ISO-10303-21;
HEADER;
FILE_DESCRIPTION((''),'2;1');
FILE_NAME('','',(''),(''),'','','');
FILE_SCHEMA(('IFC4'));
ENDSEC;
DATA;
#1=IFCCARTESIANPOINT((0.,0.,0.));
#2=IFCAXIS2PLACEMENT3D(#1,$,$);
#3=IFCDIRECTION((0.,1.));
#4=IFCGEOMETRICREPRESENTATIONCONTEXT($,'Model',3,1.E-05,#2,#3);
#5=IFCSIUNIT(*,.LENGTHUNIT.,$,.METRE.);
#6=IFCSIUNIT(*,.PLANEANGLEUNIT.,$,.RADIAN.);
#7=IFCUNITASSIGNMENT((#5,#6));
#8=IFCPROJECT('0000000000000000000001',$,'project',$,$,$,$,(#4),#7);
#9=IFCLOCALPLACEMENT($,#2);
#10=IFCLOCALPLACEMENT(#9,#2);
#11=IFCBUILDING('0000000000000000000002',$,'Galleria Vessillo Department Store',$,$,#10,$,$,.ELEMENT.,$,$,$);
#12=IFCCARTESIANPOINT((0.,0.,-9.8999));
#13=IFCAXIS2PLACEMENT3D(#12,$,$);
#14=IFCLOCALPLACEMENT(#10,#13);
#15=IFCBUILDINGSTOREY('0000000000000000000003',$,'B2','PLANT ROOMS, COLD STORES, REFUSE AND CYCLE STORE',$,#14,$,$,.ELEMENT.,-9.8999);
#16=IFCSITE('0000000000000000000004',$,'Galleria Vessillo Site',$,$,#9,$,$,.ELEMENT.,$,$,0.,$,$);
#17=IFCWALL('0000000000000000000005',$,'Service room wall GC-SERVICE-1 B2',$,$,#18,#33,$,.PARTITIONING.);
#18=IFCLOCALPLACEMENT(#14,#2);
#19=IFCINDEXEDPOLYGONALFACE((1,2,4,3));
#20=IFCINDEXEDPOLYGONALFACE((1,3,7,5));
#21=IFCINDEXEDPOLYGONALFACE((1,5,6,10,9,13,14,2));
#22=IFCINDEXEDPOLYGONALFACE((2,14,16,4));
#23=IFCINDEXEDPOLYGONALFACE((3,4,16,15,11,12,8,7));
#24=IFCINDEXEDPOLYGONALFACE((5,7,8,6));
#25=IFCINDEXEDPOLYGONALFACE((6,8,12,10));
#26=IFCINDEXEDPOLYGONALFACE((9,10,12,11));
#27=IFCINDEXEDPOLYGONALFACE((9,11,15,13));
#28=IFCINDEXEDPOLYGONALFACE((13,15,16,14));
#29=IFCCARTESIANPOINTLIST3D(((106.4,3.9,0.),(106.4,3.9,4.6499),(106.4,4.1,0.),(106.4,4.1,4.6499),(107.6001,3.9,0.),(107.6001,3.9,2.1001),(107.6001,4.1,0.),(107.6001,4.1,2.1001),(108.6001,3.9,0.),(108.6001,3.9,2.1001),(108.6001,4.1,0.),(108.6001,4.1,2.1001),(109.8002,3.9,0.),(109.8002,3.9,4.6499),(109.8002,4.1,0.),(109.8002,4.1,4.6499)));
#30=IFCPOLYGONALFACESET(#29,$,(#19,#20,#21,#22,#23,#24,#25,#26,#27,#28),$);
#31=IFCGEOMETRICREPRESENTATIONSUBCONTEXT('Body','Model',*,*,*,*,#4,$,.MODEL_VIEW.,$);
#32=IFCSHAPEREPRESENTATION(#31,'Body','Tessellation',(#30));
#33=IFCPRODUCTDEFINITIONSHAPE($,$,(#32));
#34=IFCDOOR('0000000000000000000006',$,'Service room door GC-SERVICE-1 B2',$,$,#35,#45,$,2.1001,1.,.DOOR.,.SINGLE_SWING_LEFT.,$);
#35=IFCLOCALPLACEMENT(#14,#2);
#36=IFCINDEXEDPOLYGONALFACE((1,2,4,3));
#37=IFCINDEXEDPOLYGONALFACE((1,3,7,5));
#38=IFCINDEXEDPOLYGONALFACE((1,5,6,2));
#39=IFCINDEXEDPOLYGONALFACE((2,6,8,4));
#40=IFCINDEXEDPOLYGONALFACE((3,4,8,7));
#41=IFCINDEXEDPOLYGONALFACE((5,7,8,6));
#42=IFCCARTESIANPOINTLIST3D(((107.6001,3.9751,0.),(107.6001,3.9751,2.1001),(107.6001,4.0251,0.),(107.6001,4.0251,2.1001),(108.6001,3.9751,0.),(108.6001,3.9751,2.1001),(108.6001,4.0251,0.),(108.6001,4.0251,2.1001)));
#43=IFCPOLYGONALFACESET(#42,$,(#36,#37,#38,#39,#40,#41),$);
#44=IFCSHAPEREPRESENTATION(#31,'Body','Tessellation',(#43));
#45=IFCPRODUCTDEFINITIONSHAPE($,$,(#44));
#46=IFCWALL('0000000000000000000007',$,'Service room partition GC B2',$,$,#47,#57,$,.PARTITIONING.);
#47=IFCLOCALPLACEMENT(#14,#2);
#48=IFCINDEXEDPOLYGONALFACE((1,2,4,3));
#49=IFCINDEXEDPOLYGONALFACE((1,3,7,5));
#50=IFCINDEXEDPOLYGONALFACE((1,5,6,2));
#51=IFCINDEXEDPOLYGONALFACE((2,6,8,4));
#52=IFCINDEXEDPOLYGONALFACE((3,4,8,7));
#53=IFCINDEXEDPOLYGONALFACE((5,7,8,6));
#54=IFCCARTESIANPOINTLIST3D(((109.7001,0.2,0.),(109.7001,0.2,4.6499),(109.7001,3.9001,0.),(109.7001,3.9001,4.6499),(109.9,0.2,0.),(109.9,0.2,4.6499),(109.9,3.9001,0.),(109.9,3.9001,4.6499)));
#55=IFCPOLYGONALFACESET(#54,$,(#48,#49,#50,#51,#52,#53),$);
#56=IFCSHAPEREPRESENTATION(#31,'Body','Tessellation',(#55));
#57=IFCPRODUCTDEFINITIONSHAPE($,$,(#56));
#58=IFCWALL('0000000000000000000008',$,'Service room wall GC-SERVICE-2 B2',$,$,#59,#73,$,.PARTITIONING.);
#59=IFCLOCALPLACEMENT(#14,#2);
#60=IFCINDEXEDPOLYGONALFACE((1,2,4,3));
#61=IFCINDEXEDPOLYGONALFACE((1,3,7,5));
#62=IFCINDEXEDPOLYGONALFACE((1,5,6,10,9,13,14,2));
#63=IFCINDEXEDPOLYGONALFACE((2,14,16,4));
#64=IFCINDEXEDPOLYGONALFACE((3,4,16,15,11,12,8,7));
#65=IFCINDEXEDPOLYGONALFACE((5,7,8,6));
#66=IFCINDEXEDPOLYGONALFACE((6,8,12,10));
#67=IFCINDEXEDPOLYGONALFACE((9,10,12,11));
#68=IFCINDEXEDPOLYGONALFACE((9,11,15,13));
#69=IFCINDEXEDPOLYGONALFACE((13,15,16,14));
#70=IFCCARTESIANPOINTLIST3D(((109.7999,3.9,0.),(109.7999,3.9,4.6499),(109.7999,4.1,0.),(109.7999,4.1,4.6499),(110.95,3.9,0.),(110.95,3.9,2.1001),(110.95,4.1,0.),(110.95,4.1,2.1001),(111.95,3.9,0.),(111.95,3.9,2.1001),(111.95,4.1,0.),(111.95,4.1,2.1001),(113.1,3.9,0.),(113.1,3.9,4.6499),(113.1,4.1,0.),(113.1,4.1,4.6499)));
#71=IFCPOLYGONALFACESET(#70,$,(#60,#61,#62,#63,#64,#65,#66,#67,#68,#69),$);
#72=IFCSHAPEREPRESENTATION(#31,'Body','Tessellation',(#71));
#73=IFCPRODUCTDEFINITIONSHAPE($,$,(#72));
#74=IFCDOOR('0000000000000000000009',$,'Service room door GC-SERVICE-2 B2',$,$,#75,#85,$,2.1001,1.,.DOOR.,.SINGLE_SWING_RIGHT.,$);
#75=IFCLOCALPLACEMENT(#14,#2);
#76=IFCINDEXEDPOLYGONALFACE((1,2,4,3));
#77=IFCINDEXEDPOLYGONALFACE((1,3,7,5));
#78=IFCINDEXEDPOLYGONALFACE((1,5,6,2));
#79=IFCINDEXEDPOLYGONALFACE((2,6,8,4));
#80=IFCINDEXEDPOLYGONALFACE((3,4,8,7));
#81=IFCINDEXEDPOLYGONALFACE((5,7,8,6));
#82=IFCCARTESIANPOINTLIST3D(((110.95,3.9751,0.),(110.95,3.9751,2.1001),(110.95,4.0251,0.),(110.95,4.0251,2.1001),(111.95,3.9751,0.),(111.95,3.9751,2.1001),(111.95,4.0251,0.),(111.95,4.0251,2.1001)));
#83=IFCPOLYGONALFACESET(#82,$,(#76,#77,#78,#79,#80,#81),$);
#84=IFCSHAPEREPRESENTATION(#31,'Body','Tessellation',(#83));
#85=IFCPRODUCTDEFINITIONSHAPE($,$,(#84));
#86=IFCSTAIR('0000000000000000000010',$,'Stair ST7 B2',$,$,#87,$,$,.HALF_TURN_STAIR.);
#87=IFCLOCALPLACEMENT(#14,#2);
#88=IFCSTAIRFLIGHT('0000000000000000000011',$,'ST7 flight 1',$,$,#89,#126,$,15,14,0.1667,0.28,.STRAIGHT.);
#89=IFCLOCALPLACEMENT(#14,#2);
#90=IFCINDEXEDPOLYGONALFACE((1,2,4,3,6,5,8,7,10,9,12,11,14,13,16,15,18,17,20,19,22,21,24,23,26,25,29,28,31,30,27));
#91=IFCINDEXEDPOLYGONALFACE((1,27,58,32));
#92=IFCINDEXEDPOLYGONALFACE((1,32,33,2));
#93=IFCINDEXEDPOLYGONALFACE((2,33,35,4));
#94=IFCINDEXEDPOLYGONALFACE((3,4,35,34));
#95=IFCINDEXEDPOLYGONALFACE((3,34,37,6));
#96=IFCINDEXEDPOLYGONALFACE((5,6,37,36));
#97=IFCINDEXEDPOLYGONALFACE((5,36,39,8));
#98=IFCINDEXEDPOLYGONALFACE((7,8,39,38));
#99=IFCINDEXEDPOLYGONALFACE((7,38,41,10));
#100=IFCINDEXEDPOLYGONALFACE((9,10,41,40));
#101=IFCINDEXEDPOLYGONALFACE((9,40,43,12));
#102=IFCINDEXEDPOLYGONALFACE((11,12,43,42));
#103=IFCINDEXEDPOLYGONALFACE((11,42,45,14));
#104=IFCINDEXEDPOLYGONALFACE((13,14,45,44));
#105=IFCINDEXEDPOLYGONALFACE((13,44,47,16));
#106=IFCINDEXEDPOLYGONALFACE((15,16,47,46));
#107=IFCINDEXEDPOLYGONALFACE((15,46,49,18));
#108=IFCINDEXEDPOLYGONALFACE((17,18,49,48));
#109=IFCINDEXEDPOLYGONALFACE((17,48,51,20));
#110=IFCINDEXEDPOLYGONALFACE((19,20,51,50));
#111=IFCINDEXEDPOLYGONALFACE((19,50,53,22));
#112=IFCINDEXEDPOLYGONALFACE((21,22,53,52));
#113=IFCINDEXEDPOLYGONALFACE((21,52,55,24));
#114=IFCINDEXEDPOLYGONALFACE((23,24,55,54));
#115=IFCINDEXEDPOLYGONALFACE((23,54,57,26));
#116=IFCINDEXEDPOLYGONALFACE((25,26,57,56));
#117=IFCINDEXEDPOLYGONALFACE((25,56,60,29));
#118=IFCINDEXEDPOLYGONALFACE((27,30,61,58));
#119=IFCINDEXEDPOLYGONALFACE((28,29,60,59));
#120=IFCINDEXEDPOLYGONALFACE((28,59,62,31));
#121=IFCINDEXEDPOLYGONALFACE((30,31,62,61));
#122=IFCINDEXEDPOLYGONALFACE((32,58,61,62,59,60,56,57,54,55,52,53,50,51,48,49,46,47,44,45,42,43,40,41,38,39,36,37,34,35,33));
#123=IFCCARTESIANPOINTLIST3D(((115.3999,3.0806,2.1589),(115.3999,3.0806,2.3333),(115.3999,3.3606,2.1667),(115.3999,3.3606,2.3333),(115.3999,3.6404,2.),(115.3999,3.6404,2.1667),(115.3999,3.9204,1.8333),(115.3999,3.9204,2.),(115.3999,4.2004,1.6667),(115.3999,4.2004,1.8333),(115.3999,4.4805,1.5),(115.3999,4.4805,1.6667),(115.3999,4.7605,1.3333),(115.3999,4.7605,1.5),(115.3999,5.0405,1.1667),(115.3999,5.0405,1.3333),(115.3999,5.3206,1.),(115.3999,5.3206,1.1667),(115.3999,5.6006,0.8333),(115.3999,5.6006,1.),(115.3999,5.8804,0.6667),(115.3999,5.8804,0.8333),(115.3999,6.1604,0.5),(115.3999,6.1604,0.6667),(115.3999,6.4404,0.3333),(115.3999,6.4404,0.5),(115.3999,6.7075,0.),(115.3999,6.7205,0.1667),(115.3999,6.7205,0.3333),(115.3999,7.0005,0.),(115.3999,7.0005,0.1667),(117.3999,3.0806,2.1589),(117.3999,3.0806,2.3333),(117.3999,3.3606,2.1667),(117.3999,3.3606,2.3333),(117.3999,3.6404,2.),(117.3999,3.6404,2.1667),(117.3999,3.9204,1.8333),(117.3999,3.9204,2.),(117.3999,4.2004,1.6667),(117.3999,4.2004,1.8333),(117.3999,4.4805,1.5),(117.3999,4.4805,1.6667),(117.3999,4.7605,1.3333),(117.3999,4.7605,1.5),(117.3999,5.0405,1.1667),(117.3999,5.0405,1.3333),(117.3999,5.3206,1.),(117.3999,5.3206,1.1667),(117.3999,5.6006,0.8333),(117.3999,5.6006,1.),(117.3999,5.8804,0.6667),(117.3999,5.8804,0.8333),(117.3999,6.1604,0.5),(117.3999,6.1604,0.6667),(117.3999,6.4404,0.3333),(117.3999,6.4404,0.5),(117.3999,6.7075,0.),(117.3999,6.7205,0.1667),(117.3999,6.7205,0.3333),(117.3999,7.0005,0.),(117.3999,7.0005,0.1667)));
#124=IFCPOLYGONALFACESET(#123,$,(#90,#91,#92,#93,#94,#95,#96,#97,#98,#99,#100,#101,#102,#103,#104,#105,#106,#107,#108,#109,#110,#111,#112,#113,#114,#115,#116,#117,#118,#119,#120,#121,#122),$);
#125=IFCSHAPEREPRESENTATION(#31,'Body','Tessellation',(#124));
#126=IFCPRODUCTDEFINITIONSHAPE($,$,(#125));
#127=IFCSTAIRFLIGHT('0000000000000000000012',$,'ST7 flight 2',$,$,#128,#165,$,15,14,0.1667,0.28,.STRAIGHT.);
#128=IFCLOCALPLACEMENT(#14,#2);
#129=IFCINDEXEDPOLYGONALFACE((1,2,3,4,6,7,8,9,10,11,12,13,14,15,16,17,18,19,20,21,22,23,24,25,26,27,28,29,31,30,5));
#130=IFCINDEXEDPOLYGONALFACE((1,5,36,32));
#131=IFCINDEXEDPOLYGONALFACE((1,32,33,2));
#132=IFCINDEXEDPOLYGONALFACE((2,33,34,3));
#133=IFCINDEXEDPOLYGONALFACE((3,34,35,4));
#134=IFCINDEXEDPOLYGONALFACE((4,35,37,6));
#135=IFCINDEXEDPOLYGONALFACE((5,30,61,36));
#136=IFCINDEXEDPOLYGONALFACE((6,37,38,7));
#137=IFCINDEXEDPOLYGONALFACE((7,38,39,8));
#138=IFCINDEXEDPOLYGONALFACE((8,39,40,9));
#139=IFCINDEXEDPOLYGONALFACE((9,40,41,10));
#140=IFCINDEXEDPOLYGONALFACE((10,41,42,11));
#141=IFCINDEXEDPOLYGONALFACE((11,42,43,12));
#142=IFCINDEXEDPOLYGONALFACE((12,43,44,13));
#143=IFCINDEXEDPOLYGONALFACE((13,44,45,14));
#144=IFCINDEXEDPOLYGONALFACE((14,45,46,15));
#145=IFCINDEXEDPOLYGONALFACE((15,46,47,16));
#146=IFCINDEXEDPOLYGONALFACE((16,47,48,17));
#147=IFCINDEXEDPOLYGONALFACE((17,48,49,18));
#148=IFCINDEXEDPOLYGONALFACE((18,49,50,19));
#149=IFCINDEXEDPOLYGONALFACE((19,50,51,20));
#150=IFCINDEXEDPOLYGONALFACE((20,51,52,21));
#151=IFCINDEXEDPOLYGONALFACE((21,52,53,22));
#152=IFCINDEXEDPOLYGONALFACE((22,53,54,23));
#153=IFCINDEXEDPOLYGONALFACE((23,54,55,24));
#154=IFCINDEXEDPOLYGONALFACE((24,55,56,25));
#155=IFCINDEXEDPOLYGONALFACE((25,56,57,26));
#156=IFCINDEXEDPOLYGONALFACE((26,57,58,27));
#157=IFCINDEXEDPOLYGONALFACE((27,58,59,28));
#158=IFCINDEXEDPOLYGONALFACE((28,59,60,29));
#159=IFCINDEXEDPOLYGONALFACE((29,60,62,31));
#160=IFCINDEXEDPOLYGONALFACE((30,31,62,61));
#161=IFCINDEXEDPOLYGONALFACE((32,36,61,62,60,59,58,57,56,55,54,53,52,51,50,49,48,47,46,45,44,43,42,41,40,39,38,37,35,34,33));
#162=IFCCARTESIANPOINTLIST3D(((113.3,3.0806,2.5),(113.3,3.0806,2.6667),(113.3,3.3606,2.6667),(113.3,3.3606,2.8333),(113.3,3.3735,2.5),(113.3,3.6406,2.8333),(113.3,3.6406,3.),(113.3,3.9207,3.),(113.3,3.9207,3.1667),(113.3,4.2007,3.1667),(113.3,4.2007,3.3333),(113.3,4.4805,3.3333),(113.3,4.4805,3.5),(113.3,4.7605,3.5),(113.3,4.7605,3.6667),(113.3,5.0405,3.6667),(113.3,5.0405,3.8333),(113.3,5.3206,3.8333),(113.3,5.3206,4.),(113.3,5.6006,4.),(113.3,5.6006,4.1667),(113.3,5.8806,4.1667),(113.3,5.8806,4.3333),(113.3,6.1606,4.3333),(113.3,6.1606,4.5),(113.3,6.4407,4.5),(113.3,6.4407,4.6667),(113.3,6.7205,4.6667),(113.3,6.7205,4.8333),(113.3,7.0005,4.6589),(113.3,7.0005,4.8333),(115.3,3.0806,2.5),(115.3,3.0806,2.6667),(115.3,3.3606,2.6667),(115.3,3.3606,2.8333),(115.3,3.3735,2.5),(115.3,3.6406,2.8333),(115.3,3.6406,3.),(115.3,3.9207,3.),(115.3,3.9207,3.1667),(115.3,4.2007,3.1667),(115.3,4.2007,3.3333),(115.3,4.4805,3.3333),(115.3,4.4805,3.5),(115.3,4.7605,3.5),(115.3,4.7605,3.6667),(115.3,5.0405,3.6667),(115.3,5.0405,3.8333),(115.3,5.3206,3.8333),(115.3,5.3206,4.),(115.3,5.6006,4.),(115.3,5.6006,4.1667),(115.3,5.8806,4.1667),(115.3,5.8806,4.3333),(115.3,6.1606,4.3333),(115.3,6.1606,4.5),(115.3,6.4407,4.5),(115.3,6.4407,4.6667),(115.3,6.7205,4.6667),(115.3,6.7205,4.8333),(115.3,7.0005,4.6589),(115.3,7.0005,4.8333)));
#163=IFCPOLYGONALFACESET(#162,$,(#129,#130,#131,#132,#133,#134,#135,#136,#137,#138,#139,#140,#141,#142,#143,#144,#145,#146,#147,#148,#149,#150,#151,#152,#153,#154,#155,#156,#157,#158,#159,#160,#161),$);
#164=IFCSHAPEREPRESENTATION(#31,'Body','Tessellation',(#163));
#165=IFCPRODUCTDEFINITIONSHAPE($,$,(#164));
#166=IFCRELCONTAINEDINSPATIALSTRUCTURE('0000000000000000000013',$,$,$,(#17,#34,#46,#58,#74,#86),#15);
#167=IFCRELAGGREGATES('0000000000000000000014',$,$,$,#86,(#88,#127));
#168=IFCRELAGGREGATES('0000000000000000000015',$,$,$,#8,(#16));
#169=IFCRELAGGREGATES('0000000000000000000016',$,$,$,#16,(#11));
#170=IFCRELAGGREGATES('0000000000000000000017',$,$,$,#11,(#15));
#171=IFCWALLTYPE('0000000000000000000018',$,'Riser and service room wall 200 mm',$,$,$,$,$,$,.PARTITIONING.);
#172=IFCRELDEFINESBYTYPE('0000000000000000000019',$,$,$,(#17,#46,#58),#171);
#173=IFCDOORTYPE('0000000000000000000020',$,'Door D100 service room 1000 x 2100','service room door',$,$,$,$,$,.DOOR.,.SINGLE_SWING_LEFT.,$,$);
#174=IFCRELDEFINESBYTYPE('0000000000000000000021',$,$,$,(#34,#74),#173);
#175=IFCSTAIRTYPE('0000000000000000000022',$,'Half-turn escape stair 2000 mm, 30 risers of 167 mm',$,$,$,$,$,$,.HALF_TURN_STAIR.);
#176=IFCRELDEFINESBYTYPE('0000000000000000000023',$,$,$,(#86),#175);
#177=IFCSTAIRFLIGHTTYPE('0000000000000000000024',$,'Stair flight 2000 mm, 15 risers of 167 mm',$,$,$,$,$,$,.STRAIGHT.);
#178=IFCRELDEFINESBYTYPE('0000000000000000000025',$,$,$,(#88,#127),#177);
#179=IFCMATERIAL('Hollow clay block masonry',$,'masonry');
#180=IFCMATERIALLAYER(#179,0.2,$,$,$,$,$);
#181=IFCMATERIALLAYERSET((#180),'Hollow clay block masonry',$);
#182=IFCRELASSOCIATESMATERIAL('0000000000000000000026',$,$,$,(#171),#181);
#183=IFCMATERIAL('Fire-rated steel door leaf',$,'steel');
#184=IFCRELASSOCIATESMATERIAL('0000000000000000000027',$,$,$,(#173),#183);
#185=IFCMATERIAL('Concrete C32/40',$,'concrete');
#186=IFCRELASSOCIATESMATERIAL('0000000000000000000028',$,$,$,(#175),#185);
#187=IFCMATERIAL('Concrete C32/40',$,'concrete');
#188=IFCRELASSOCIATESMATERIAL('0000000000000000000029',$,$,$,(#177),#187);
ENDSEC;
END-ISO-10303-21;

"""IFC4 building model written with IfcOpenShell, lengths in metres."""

from ifc_helpers import new_model, si_unit, direction, frame, frame_2d, origin, place, context, subcontext, project, spatial, polyline, rectangle, outline, extrude, material, layer, layer_set, type_object, element, fill, aggregate, save


model = new_model("IFC4")

# Units and contexts
model_context = context("Model", 3, precision=1e-05, world=origin(), true_north=direction((0.0, 1.0)))
body_context = subcontext(model_context, "Body", "Model", "MODEL_VIEW")
ifc_project = project(units=[si_unit("LENGTHUNIT", "METRE"), si_unit("PLANEANGLEUNIT", "RADIAN")], contexts=[model_context])

# Site, building, storey
site_placement = place(None, origin())
site = spatial("IfcSite", under=ifc_project, at=site_placement, Name="Galleria Vessillo Site", CompositionType="ELEMENT", RefElevation=0.0)
building_placement = place(site_placement, origin())
building = spatial("IfcBuilding", under=site, at=building_placement, Name="Galleria Vessillo Department Store", CompositionType="ELEMENT")
storey_placement = place(building_placement, frame((0.0, 0.0, -9.8999)))
storey = spatial("IfcBuildingStorey", under=building, at=storey_placement, Name="B2", Description="PLANT ROOMS, COLD STORES, REFUSE AND CYCLE STORE", CompositionType="ELEMENT", Elevation=-9.8999)

# Wall, opening, door
ifc_material_1 = material(Name="Hollow clay block masonry", Category="masonry")
ifc_layer_1 = layer(ifc_material_1, 0.2)
ifc_layer_set_1 = layer_set([ifc_layer_1], Name="Hollow clay block masonry")
wall_type_1 = type_object("IfcWallType", Name="Riser and service room wall 200 mm", PredefinedType="PARTITIONING", material=ifc_layer_set_1)
wall_1_placement = place(storey_placement, frame((106.3999, 4.0, 0.0), z_axis=(0.0, 0.0, 1.0), x_axis=(1.0, 0.0, 0.0)))
wall_1 = element("IfcWall", 1, at=wall_1_placement, inside=storey, type_object=wall_type_1, Name="Service room wall GC-SERVICE-1 B2", PredefinedType="PARTITIONING", context=body_context, shape_type="SweptSolid", body=[
    extrude(rectangle(XDim=3.4001, YDim=0.2, at=frame_2d((1.7002, 0.0))), origin(), (0.0, 0.0, 1.0), 4.6499),
])
opening_1_placement = place(wall_1_placement, frame((1.2002, 0.0, 0.0)))
opening_1 = element("IfcOpeningElement", 2, at=opening_1_placement, cuts=wall_1, PredefinedType="OPENING", context=body_context, shape_type="SweptSolid", body=[
    extrude(rectangle(XDim=1.0, YDim=2.1001, at=frame_2d((0.5, 1.05))), frame((0.0, 0.1099, 0.0), z_axis=(0.0, -1.0, 0.0), x_axis=(1.0, 0.0, 0.0)), (0.0, 0.0, 1.0), 0.22),
])
ifc_material_2 = material(Name="Fire-rated steel door leaf", Category="steel")
door_type_1 = type_object("IfcDoorType", Name="Door D100 service room 1000 x 2100", Description="service room door", OperationType="SINGLE_SWING_LEFT", PredefinedType="DOOR", material=ifc_material_2)
door_1_placement = place(opening_1_placement, frame((1.0, 0.0, 0.0), z_axis=(0.0, 0.0, 1.0), x_axis=(-1.0, 0.0, 0.0)))
door_1 = element("IfcDoor", 3, at=door_1_placement, inside=storey, type_object=door_type_1, Name="Service room door GC-SERVICE-1 B2", OperationType="SINGLE_SWING_LEFT", OverallHeight=2.1001, OverallWidth=1.0, PredefinedType="DOOR", context=body_context, shape_type="SweptSolid", body=[
    extrude(rectangle(XDim=1.0, YDim=2.1001, at=frame_2d((0.5, 1.05))), frame((0.0, 0.0249, 0.0), z_axis=(0.0, -1.0, 0.0), x_axis=(1.0, 0.0, 0.0)), (0.0, 0.0, 1.0), 0.05),
])
fill(opening_1, door_1)

# Wall
wall_2_placement = place(storey_placement, frame((109.8, 0.2, 0.0), z_axis=(0.0, 0.0, 1.0), x_axis=(0.0, 1.0, 0.0)))
element("IfcWall", 4, at=wall_2_placement, inside=storey, type_object=wall_type_1, Name="Service room partition GC B2", PredefinedType="PARTITIONING", context=body_context, shape_type="SweptSolid", body=[
    extrude(rectangle(XDim=3.7002, YDim=0.2, at=frame_2d((1.8501, 0.0))), origin(), (0.0, 0.0, 1.0), 4.6499),
])

# Wall, opening, door
wall_3_placement = place(storey_placement, frame((109.8, 4.0, 0.0), z_axis=(0.0, 0.0, 1.0), x_axis=(1.0, 0.0, 0.0)))
wall_3 = element("IfcWall", 5, at=wall_3_placement, inside=storey, type_object=wall_type_1, Name="Service room wall GC-SERVICE-2 B2", PredefinedType="PARTITIONING", context=body_context, shape_type="SweptSolid", body=[
    extrude(rectangle(XDim=3.3, YDim=0.2, at=frame_2d((1.6499, 0.0))), origin(), (0.0, 0.0, 1.0), 4.6499),
])
opening_2_placement = place(wall_3_placement, frame((1.1499, 0.0, 0.0)))
opening_2 = element("IfcOpeningElement", 6, at=opening_2_placement, cuts=wall_3, PredefinedType="OPENING", context=body_context, shape_type="SweptSolid", body=[
    extrude(rectangle(XDim=1.0, YDim=2.1001, at=frame_2d((0.5, 1.05))), frame((0.0, 0.1099, 0.0), z_axis=(0.0, -1.0, 0.0), x_axis=(1.0, 0.0, 0.0)), (0.0, 0.0, 1.0), 0.22),
])
door_2_placement = place(opening_2_placement, frame((1.0, 0.0, 0.0), z_axis=(0.0, 0.0, 1.0), x_axis=(-1.0, 0.0, 0.0)))
door_2 = element("IfcDoor", 7, at=door_2_placement, inside=storey, type_object=door_type_1, Name="Service room door GC-SERVICE-2 B2", OperationType="SINGLE_SWING_RIGHT", OverallHeight=2.1001, OverallWidth=1.0, PredefinedType="DOOR", context=body_context, shape_type="SweptSolid", body=[
    extrude(rectangle(XDim=1.0, YDim=2.1001, at=frame_2d((0.5, 1.05))), frame((0.0, 0.0249, 0.0), z_axis=(0.0, -1.0, 0.0), x_axis=(1.0, 0.0, 0.0)), (0.0, 0.0, 1.0), 0.05),
])
fill(opening_2, door_2)

# Stair, stair flights
ifc_material_3 = material(Name="Concrete C32/40", Category="concrete")
stair_type = type_object("IfcStairType", Name="Half-turn escape stair 2000 mm, 30 risers of 167 mm", PredefinedType="HALF_TURN_STAIR", material=ifc_material_3)
stair_placement = place(storey_placement, origin())
stair = element("IfcStair", 8, at=stair_placement, inside=storey, type_object=stair_type, Name="Stair ST7 B2", PredefinedType="HALF_TURN_STAIR")
ifc_material_4 = material(Name="Concrete C32/40", Category="concrete")
stair_flight_type = type_object("IfcStairFlightType", Name="Stair flight 2000 mm, 15 risers of 167 mm", PredefinedType="STRAIGHT", material=ifc_material_4)
stair_flight_1_placement = place(storey_placement, frame((116.3999, 7.0005, 0.0), z_axis=(0.0, 0.0, 1.0), x_axis=(0.0, -1.0, 0.0)))
stair_flight_1 = element("IfcStairFlight", 9, at=stair_flight_1_placement, type_object=stair_flight_type, Name="ST7 flight 1", NumberOfRisers=15, NumberOfTreads=14, PredefinedType="STRAIGHT", RiserHeight=0.1667, TreadLength=0.28, context=body_context, shape_type="SweptSolid", body=[
    extrude(outline(polyline([(0.0, 0.0), (0.0, 0.1667), (0.28, 0.1667), (0.28, 0.3333), (0.5601, 0.3333), (0.5601, 0.5), (0.8401, 0.5), (0.8401, 0.6667), (1.1201, 0.6667), (1.1201, 0.8333), (1.3999, 0.8333), (1.3999, 1.0), (1.6799, 1.0), (1.6799, 1.1667), (1.96, 1.1667), (1.96, 1.3333), (2.24, 1.3333), (2.24, 1.5), (2.52, 1.5), (2.52, 1.6667), (2.8, 1.6667), (2.8, 1.8333), (3.0801, 1.8333), (3.0801, 2.0), (3.3601, 2.0), (3.3601, 2.1667), (3.6399, 2.1667), (3.6399, 2.3333), (3.9199, 2.3333), (3.9199, 2.5), (3.9199, 2.1589), (0.293, 0.0), (0.0, 0.0)])), frame((0.0, 1.0, 0.0), z_axis=(0.0, -1.0, 0.0), x_axis=(1.0, 0.0, 0.0)), (0.0, 0.0, 1.0), 2.0),
])
stair_flight_2_placement = place(storey_placement, frame((114.3, 3.0806, 2.5), z_axis=(0.0, 0.0, 1.0), x_axis=(0.0, 1.0, 0.0)))
stair_flight_2 = element("IfcStairFlight", 10, at=stair_flight_2_placement, type_object=stair_flight_type, Name="ST7 flight 2", NumberOfRisers=15, NumberOfTreads=14, PredefinedType="STRAIGHT", RiserHeight=0.1667, TreadLength=0.28, context=body_context, shape_type="SweptSolid", body=[
    extrude(outline(polyline([(0.0, 0.0), (0.0, 0.1667), (0.28, 0.1667), (0.28, 0.3333), (0.5601, 0.3333), (0.5601, 0.5), (0.8401, 0.5), (0.8401, 0.6667), (1.1201, 0.6667), (1.1201, 0.8333), (1.3999, 0.8333), (1.3999, 1.0), (1.6799, 1.0), (1.6799, 1.1667), (1.96, 1.1667), (1.96, 1.3333), (2.24, 1.3333), (2.24, 1.5), (2.52, 1.5), (2.52, 1.6667), (2.8, 1.6667), (2.8, 1.8333), (3.0801, 1.8333), (3.0801, 2.0), (3.3601, 2.0), (3.3601, 2.1667), (3.6399, 2.1667), (3.6399, 2.3333), (3.9199, 2.3333), (3.9199, 2.5), (3.9199, 2.1589), (0.293, 0.0), (0.0, 0.0)])), frame((0.0, 1.0, 0.0), z_axis=(0.0, -1.0, 0.0), x_axis=(1.0, 0.0, 0.0)), (0.0, 0.0, 1.0), 2.0),
])
aggregate(stair, [stair_flight_1, stair_flight_2])

save(model, "model.ifc")
